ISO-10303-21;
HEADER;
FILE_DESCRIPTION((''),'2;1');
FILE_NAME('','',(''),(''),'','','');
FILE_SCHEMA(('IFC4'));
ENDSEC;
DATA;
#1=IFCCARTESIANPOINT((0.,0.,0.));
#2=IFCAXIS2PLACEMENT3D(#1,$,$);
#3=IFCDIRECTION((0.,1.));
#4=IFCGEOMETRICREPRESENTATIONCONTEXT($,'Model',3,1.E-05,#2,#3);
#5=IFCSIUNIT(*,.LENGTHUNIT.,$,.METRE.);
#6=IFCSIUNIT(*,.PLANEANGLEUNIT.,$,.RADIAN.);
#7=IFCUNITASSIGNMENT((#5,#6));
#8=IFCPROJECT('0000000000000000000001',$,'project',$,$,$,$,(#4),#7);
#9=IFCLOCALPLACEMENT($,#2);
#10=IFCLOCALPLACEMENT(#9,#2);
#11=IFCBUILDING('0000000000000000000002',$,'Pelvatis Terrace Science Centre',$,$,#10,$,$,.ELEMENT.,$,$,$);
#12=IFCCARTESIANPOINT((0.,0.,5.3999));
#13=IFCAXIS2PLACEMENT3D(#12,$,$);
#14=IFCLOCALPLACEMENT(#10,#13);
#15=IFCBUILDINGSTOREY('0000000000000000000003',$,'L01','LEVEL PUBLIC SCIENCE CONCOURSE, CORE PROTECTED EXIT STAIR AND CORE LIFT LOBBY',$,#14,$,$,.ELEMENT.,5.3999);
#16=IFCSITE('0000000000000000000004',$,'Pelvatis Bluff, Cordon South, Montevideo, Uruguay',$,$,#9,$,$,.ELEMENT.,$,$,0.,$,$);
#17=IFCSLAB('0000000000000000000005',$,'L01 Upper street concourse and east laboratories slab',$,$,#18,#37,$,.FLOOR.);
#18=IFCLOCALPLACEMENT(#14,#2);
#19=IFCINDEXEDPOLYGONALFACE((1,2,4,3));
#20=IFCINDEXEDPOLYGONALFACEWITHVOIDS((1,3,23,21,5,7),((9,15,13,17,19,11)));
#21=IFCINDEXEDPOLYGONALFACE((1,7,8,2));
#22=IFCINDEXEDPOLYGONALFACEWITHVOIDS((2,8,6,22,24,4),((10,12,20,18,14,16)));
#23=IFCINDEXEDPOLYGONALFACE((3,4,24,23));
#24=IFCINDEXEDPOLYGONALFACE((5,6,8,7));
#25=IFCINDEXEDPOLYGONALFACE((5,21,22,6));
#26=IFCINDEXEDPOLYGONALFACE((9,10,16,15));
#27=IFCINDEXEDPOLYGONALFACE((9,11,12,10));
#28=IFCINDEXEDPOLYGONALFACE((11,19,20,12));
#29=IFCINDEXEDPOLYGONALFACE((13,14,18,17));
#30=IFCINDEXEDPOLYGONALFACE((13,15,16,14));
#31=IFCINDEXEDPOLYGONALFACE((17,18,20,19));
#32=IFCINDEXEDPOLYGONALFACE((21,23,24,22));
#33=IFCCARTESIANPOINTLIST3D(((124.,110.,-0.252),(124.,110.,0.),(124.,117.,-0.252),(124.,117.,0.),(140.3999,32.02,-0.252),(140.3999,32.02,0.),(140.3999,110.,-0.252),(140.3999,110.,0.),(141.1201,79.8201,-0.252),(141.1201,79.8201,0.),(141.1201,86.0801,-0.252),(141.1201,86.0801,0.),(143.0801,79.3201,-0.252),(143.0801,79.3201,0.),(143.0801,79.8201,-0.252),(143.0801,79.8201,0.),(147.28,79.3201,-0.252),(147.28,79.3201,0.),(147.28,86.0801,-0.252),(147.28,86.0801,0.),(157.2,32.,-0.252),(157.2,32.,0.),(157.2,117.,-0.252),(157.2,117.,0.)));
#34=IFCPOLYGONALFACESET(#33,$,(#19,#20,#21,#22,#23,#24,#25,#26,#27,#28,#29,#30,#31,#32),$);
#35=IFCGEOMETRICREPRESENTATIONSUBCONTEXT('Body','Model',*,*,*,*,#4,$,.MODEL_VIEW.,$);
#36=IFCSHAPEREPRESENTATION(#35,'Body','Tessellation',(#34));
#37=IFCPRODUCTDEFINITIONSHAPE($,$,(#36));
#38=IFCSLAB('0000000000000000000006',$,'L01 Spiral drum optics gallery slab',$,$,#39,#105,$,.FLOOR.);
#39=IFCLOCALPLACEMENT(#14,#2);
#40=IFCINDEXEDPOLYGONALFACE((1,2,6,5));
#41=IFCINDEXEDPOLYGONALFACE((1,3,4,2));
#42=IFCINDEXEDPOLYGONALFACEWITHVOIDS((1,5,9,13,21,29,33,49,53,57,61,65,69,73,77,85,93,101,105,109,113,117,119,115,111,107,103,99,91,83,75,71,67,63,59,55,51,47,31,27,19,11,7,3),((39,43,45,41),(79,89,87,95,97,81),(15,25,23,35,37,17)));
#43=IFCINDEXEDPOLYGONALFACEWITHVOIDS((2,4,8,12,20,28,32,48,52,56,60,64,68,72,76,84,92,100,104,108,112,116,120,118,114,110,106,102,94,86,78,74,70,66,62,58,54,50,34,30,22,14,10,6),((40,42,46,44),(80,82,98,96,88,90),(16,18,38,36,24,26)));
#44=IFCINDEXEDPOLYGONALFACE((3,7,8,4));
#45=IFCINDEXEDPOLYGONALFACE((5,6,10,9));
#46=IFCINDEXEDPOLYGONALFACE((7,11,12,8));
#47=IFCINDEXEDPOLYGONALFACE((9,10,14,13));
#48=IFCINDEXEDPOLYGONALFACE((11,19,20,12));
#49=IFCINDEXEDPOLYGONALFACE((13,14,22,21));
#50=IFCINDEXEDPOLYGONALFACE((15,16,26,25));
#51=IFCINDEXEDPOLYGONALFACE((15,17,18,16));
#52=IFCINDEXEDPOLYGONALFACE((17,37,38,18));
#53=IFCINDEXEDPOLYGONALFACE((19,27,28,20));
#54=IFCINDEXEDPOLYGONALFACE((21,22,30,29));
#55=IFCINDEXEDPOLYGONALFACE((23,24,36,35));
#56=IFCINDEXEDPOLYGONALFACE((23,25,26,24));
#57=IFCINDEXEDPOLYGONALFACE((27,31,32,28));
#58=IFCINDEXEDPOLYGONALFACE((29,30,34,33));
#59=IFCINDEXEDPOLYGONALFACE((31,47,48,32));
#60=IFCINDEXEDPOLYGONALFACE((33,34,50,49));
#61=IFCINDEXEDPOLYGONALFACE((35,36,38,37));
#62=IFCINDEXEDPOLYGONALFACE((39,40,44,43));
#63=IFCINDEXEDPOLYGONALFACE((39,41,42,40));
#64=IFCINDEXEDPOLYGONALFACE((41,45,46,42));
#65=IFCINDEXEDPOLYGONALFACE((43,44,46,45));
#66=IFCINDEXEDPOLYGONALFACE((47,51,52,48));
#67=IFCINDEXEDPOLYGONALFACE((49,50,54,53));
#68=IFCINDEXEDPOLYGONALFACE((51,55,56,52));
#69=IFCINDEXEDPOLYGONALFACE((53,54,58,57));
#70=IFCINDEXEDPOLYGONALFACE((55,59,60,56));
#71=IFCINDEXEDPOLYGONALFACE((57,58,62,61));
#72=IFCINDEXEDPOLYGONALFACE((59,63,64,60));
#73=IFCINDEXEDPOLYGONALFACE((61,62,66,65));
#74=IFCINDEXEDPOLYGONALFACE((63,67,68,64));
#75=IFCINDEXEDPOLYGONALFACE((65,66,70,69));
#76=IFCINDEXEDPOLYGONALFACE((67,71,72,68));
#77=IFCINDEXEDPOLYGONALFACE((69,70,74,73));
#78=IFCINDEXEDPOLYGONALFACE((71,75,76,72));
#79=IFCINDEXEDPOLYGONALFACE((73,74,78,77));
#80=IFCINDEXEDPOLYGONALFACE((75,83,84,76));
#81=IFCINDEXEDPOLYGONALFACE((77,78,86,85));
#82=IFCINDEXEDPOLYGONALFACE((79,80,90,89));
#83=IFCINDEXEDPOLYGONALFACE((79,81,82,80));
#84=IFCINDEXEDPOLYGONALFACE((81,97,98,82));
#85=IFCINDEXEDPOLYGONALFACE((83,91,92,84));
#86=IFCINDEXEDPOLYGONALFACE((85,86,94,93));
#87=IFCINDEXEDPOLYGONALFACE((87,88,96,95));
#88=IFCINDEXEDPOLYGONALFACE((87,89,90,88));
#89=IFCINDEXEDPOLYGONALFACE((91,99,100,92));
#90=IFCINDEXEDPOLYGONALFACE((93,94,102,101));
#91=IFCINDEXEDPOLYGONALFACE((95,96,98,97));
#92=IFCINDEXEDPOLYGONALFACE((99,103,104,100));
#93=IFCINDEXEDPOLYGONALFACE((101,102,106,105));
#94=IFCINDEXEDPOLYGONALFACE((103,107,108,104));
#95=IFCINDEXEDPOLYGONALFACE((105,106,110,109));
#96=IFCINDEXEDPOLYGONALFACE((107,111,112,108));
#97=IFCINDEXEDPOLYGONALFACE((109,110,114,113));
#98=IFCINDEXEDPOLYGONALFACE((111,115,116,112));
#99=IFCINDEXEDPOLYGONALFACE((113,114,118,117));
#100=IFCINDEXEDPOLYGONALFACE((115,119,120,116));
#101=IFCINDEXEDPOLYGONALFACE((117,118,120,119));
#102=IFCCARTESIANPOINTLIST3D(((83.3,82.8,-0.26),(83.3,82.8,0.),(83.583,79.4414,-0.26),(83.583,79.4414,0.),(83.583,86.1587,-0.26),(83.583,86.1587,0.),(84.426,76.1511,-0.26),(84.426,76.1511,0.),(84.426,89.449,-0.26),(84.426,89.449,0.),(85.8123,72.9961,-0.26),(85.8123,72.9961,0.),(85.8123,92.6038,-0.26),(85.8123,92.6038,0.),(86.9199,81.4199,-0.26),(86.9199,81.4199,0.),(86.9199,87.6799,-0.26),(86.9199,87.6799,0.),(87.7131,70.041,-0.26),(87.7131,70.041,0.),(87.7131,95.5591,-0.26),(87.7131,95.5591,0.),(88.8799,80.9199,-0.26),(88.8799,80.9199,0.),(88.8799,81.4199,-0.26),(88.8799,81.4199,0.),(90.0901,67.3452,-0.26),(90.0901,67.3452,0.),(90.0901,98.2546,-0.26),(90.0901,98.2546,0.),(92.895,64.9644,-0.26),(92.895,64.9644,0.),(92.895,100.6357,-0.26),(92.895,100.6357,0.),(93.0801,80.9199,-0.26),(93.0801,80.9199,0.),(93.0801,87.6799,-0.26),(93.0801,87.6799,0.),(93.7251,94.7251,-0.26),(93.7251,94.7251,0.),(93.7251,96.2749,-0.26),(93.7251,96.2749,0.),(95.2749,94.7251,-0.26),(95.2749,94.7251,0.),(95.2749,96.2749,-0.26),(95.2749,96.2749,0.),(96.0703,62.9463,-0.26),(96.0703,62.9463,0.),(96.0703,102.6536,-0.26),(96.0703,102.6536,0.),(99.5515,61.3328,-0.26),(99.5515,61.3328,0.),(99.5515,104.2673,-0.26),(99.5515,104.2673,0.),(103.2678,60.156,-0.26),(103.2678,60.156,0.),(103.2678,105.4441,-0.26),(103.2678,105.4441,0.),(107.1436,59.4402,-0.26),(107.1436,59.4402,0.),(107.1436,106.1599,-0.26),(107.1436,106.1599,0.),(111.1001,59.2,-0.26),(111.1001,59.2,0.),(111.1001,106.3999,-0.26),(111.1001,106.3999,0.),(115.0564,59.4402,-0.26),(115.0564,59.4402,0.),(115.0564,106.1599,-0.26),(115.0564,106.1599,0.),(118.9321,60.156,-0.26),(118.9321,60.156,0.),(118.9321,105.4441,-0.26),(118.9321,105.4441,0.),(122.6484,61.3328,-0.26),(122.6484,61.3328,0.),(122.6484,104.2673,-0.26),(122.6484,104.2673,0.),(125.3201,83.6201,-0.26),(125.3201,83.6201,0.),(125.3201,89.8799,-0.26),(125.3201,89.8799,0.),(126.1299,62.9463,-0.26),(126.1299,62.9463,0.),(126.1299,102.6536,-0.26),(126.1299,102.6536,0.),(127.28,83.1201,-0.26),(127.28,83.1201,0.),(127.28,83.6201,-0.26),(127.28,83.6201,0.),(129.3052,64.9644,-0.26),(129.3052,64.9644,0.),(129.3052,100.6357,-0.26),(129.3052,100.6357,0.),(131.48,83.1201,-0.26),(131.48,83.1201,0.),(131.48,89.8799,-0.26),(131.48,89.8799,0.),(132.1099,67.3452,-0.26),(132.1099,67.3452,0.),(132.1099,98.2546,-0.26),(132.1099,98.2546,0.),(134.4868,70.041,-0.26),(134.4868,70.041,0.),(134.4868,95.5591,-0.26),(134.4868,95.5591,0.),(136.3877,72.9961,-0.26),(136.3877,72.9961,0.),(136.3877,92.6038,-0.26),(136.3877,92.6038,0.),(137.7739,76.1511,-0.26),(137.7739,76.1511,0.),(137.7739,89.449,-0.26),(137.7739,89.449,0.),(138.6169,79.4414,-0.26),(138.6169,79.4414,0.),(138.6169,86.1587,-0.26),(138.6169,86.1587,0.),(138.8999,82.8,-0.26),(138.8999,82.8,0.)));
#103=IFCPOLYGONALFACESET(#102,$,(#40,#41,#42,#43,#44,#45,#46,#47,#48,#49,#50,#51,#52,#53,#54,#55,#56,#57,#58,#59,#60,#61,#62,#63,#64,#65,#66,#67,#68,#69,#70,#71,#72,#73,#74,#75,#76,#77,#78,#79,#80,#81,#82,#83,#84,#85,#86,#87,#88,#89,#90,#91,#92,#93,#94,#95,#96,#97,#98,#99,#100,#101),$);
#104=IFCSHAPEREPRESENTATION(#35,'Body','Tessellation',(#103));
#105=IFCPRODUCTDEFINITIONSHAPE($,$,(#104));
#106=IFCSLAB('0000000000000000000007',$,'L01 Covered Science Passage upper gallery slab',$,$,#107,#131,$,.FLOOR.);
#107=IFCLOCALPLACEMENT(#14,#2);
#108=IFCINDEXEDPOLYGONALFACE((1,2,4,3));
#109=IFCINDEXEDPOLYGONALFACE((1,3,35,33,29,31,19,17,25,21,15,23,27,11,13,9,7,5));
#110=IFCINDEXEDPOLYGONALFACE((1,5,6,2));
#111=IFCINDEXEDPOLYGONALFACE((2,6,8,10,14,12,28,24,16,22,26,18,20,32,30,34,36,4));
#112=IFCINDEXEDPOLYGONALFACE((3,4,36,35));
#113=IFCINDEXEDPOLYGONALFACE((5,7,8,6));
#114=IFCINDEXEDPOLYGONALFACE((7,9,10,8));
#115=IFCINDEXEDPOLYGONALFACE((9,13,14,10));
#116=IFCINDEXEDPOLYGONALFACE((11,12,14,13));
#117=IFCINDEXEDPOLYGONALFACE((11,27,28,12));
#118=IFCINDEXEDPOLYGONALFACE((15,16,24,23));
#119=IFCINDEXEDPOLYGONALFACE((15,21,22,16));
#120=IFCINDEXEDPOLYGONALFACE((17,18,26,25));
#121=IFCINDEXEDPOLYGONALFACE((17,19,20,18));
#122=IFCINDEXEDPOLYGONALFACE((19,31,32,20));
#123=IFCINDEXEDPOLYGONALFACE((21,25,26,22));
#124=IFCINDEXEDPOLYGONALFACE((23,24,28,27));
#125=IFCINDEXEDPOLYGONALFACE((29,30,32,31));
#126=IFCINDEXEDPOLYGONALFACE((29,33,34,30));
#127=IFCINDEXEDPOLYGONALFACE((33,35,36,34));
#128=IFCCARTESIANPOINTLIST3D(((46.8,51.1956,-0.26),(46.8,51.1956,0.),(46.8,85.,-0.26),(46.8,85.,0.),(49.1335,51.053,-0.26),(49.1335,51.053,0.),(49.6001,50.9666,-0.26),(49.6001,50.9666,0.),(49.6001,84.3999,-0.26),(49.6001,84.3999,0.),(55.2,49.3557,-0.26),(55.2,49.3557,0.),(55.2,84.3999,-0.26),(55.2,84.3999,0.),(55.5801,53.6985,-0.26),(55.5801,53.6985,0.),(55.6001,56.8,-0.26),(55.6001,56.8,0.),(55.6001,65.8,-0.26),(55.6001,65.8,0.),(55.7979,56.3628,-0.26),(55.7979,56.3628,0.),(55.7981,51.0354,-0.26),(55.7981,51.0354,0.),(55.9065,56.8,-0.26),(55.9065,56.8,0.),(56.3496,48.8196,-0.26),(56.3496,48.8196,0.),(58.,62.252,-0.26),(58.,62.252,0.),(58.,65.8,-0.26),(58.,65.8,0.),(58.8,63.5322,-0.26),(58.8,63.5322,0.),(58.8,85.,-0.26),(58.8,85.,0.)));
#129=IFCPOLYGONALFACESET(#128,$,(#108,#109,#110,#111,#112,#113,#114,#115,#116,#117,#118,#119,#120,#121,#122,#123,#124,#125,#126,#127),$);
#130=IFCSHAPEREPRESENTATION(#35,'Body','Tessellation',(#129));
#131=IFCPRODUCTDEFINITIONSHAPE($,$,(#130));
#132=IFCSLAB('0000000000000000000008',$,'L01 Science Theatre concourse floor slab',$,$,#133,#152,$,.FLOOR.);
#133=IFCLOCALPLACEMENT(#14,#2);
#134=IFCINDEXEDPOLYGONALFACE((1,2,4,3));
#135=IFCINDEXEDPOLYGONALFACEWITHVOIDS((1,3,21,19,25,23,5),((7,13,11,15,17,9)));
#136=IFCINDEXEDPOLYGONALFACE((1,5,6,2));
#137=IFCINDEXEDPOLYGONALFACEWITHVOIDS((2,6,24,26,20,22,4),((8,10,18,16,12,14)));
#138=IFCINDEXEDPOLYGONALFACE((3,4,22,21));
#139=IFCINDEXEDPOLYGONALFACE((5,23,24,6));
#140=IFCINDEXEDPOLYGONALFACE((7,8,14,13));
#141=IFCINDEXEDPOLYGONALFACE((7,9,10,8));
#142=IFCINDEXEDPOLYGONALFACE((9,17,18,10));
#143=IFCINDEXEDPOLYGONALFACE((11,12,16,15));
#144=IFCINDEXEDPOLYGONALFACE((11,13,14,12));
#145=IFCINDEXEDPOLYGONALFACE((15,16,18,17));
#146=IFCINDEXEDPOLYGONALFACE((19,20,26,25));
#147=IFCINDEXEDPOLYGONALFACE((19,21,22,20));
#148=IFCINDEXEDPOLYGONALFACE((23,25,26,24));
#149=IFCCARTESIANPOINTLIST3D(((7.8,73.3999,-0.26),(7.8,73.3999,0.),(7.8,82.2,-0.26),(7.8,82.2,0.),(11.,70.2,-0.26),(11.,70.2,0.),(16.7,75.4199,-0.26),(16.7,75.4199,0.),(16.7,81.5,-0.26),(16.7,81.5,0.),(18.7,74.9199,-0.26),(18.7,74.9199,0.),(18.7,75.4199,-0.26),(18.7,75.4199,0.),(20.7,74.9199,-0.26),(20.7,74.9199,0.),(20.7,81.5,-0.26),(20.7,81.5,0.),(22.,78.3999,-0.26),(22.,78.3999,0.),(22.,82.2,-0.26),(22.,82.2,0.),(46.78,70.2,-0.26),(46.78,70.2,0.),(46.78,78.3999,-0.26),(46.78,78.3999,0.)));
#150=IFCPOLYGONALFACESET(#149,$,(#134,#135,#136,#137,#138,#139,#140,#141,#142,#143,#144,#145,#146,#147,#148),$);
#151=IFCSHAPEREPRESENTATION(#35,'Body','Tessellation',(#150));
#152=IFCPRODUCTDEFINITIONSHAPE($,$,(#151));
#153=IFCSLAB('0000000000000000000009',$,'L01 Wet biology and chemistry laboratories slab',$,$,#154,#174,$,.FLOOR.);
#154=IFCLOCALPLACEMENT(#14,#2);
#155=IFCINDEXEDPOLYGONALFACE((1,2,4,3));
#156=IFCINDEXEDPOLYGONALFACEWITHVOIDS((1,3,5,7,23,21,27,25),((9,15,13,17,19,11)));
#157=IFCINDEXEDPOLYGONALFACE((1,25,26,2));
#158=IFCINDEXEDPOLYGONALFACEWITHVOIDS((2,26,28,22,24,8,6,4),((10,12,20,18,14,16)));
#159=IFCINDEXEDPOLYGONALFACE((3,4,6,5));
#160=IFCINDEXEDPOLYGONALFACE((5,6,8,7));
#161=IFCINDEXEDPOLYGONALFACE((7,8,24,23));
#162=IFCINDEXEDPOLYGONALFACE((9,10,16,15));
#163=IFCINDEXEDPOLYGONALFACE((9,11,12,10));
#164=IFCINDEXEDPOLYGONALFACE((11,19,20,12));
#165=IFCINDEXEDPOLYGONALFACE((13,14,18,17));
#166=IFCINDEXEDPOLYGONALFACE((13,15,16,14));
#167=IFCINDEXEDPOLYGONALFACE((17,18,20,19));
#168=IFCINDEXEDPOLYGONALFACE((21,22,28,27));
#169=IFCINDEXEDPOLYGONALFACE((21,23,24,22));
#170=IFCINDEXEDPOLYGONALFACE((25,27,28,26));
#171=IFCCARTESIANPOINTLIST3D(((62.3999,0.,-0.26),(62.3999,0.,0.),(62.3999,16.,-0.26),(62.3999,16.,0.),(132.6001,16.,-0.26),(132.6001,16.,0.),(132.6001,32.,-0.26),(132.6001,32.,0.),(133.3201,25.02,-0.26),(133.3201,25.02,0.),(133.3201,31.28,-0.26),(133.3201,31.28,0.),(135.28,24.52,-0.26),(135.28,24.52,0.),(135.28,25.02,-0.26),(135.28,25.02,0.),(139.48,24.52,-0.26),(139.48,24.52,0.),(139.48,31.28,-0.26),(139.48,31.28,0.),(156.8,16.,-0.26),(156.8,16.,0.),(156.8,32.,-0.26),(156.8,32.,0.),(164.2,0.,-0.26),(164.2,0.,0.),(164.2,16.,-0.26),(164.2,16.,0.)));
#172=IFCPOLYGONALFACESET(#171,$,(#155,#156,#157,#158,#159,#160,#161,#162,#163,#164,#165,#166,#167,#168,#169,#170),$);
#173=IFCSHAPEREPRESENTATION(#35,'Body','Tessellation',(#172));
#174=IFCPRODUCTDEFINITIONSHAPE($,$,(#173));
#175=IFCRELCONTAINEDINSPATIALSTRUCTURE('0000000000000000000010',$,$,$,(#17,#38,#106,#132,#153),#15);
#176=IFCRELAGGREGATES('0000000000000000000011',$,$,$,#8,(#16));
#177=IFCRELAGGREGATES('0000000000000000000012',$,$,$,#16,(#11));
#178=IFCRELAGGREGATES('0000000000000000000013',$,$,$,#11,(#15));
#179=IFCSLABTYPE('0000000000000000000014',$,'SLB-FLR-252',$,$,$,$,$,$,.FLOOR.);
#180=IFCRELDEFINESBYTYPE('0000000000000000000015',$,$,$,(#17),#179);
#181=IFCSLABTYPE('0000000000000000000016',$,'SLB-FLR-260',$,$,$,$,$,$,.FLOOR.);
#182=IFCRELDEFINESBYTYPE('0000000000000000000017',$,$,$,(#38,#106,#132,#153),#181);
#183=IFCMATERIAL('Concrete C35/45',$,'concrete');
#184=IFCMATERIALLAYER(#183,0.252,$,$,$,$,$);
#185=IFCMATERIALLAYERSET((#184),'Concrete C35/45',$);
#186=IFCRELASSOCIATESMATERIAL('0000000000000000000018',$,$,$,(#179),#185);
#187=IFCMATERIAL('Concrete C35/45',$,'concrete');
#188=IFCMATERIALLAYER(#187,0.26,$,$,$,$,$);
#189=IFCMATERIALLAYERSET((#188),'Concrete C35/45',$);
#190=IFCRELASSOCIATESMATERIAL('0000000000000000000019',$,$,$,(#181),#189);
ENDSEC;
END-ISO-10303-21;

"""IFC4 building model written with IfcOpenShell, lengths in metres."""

from ifc_helpers import new_model, si_unit, direction, frame, origin, place, context, subcontext, project, spatial, polyline, outline, extrude, material, layer, layer_set, type_object, element, save


model = new_model("IFC4")

# Units and contexts
model_context = context("Model", 3, precision=1e-05, world=origin(), true_north=direction((0.0, 1.0)))
body_context = subcontext(model_context, "Body", "Model", "MODEL_VIEW")
ifc_project = project(units=[si_unit("LENGTHUNIT", "METRE"), si_unit("PLANEANGLEUNIT", "RADIAN")], contexts=[model_context])

# Site, building, storey
site_placement = place(None, origin())
site = spatial("IfcSite", under=ifc_project, at=site_placement, Name="Pelvatis Bluff, Cordon South, Montevideo, Uruguay", CompositionType="ELEMENT", RefElevation=0.0)
building_placement = place(site_placement, origin())
building = spatial("IfcBuilding", under=site, at=building_placement, Name="Pelvatis Terrace Science Centre", CompositionType="ELEMENT")
storey_placement = place(building_placement, frame((0.0, 0.0, 5.3999)))
storey = spatial("IfcBuildingStorey", under=building, at=storey_placement, Name="L01", Description="LEVEL PUBLIC SCIENCE CONCOURSE, CORE PROTECTED EXIT STAIR AND CORE LIFT LOBBY", CompositionType="ELEMENT", Elevation=5.3999)

# Slabs
ifc_material_1 = material(Name="Concrete C35/45", Category="concrete")
ifc_layer_1 = layer(ifc_material_1, 0.252)
ifc_layer_set_1 = layer_set([ifc_layer_1], Name="Concrete C35/45")
slab_type_1 = type_object("IfcSlabType", Name="SLB-FLR-252", PredefinedType="FLOOR", material=ifc_layer_set_1)
slab_1_placement = place(storey_placement, frame((0.0, 0.0, -0.252)))
element("IfcSlab", 1, at=slab_1_placement, inside=storey, type_object=slab_type_1, Name="L01 Upper street concourse and east laboratories slab", PredefinedType="FLOOR", context=body_context, shape_type="SweptSolid", body=[
    extrude(outline(polyline([(124.0, 110.0), (124.0, 117.0), (157.2, 117.0), (157.2, 32.0), (140.3999, 32.02), (140.3999, 110.0), (124.0, 110.0)]), holes=[polyline([(143.0801, 79.8201), (143.0801, 79.3201), (147.28, 79.3201), (147.28, 86.0801), (141.1201, 86.0801), (141.1201, 79.8201), (143.0801, 79.8201)])]), origin(), (0.0, 0.0, 1.0), 0.252),
])
ifc_material_2 = material(Name="Concrete C35/45", Category="concrete")
ifc_layer_2 = layer(ifc_material_2, 0.26)
ifc_layer_set_2 = layer_set([ifc_layer_2], Name="Concrete C35/45")
slab_type_2 = type_object("IfcSlabType", Name="SLB-FLR-260", PredefinedType="FLOOR", material=ifc_layer_set_2)
slab_2_placement = place(storey_placement, frame((0.0, 0.0, -0.26)))
element("IfcSlab", 2, at=slab_2_placement, inside=storey, type_object=slab_type_2, Name="L01 Spiral drum optics gallery slab", PredefinedType="FLOOR", context=body_context, shape_type="SweptSolid", body=[
    extrude(outline(polyline([(138.6169, 79.4414), (137.7739, 76.1511), (136.3877, 72.9961), (134.4868, 70.041), (132.1099, 67.3452), (129.3052, 64.9644), (126.1299, 62.9463), (122.6484, 61.3328), (118.9321, 60.156), (115.0564, 59.4402), (111.1001, 59.2), (107.1436, 59.4402), (103.2678, 60.156), (99.5515, 61.3328), (96.0703, 62.9463), (92.895, 64.9644), (90.0901, 67.3452), (87.7131, 70.041), (85.8123, 72.9961), (84.426, 76.1511), (83.583, 79.4414), (83.3, 82.8), (83.583, 86.1587), (84.426, 89.449), (85.8123, 92.6038), (87.7131, 95.5591), (90.0901, 98.2546), (92.895, 100.6357), (96.0703, 102.6536), (99.5515, 104.2673), (103.2678, 105.4441), (107.1436, 106.1599), (111.1001, 106.3999), (115.0564, 106.1599), (118.9321, 105.4441), (122.6484, 104.2673), (126.1299, 102.6536), (129.3052, 100.6357), (132.1099, 98.2546), (134.4868, 95.5591), (136.3877, 92.6038), (137.7739, 89.449), (138.6169, 86.1587), (138.8999, 82.8), (138.6169, 79.4414)]), holes=[polyline([(86.9199, 81.4199), (88.8799, 81.4199), (88.8799, 80.9199), (93.0801, 80.9199), (93.0801, 87.6799), (86.9199, 87.6799), (86.9199, 81.4199)]), polyline([(125.3201, 89.8799), (125.3201, 83.6201), (127.28, 83.6201), (127.28, 83.1201), (131.48, 83.1201), (131.48, 89.8799), (125.3201, 89.8799)]), polyline([(93.7251, 96.2749), (93.7251, 94.7251), (95.2749, 94.7251), (95.2749, 96.2749), (93.7251, 96.2749)])]), origin(), (0.0, 0.0, 1.0), 0.26),
])
slab_3_placement = place(storey_placement, frame((0.0, 0.0, -0.26)))
element("IfcSlab", 3, at=slab_3_placement, inside=storey, type_object=slab_type_2, Name="L01 Covered Science Passage upper gallery slab", PredefinedType="FLOOR", context=body_context, shape_type="SweptSolid", body=[
    extrude(outline(polyline([(58.8, 85.0), (58.8, 63.5322), (58.0, 62.252), (58.0, 65.8), (55.6001, 65.8), (55.6001, 56.8), (55.9065, 56.8), (55.7979, 56.3628), (55.5801, 53.6985), (55.7981, 51.0354), (56.3496, 48.8196), (55.2, 49.3557), (55.2, 84.3999), (49.6001, 84.3999), (49.6001, 50.9666), (49.1335, 51.053), (46.8, 51.1956), (46.8, 85.0), (58.8, 85.0)])), origin(), (0.0, 0.0, 1.0), 0.26),
])
slab_4_placement = place(storey_placement, frame((0.0, 0.0, -0.26)))
element("IfcSlab", 4, at=slab_4_placement, inside=storey, type_object=slab_type_2, Name="L01 Science Theatre concourse floor slab", PredefinedType="FLOOR", context=body_context, shape_type="SweptSolid", body=[
    extrude(outline(polyline([(7.8, 82.2), (22.0, 82.2), (22.0, 78.3999), (46.78, 78.3999), (46.78, 70.2), (11.0, 70.2), (7.8, 73.3999), (7.8, 82.2)]), holes=[polyline([(18.7, 75.4199), (18.7, 74.9199), (20.7, 74.9199), (20.7, 81.5), (16.7, 81.5), (16.7, 75.4199), (18.7, 75.4199)])]), origin(), (0.0, 0.0, 1.0), 0.26),
])
slab_5_placement = place(storey_placement, frame((0.0, 0.0, -0.26)))
element("IfcSlab", 5, at=slab_5_placement, inside=storey, type_object=slab_type_2, Name="L01 Wet biology and chemistry laboratories slab", PredefinedType="FLOOR", context=body_context, shape_type="SweptSolid", body=[
    extrude(outline(polyline([(132.6001, 16.0), (132.6001, 32.0), (156.8, 32.0), (156.8, 16.0), (164.2, 16.0), (164.2, 0.0), (62.3999, 0.0), (62.3999, 16.0), (132.6001, 16.0)]), holes=[polyline([(135.28, 25.02), (135.28, 24.52), (139.48, 24.52), (139.48, 31.28), (133.3201, 31.28), (133.3201, 25.02), (135.28, 25.02)])]), origin(), (0.0, 0.0, 1.0), 0.26),
])

save(model, "model.ifc")
